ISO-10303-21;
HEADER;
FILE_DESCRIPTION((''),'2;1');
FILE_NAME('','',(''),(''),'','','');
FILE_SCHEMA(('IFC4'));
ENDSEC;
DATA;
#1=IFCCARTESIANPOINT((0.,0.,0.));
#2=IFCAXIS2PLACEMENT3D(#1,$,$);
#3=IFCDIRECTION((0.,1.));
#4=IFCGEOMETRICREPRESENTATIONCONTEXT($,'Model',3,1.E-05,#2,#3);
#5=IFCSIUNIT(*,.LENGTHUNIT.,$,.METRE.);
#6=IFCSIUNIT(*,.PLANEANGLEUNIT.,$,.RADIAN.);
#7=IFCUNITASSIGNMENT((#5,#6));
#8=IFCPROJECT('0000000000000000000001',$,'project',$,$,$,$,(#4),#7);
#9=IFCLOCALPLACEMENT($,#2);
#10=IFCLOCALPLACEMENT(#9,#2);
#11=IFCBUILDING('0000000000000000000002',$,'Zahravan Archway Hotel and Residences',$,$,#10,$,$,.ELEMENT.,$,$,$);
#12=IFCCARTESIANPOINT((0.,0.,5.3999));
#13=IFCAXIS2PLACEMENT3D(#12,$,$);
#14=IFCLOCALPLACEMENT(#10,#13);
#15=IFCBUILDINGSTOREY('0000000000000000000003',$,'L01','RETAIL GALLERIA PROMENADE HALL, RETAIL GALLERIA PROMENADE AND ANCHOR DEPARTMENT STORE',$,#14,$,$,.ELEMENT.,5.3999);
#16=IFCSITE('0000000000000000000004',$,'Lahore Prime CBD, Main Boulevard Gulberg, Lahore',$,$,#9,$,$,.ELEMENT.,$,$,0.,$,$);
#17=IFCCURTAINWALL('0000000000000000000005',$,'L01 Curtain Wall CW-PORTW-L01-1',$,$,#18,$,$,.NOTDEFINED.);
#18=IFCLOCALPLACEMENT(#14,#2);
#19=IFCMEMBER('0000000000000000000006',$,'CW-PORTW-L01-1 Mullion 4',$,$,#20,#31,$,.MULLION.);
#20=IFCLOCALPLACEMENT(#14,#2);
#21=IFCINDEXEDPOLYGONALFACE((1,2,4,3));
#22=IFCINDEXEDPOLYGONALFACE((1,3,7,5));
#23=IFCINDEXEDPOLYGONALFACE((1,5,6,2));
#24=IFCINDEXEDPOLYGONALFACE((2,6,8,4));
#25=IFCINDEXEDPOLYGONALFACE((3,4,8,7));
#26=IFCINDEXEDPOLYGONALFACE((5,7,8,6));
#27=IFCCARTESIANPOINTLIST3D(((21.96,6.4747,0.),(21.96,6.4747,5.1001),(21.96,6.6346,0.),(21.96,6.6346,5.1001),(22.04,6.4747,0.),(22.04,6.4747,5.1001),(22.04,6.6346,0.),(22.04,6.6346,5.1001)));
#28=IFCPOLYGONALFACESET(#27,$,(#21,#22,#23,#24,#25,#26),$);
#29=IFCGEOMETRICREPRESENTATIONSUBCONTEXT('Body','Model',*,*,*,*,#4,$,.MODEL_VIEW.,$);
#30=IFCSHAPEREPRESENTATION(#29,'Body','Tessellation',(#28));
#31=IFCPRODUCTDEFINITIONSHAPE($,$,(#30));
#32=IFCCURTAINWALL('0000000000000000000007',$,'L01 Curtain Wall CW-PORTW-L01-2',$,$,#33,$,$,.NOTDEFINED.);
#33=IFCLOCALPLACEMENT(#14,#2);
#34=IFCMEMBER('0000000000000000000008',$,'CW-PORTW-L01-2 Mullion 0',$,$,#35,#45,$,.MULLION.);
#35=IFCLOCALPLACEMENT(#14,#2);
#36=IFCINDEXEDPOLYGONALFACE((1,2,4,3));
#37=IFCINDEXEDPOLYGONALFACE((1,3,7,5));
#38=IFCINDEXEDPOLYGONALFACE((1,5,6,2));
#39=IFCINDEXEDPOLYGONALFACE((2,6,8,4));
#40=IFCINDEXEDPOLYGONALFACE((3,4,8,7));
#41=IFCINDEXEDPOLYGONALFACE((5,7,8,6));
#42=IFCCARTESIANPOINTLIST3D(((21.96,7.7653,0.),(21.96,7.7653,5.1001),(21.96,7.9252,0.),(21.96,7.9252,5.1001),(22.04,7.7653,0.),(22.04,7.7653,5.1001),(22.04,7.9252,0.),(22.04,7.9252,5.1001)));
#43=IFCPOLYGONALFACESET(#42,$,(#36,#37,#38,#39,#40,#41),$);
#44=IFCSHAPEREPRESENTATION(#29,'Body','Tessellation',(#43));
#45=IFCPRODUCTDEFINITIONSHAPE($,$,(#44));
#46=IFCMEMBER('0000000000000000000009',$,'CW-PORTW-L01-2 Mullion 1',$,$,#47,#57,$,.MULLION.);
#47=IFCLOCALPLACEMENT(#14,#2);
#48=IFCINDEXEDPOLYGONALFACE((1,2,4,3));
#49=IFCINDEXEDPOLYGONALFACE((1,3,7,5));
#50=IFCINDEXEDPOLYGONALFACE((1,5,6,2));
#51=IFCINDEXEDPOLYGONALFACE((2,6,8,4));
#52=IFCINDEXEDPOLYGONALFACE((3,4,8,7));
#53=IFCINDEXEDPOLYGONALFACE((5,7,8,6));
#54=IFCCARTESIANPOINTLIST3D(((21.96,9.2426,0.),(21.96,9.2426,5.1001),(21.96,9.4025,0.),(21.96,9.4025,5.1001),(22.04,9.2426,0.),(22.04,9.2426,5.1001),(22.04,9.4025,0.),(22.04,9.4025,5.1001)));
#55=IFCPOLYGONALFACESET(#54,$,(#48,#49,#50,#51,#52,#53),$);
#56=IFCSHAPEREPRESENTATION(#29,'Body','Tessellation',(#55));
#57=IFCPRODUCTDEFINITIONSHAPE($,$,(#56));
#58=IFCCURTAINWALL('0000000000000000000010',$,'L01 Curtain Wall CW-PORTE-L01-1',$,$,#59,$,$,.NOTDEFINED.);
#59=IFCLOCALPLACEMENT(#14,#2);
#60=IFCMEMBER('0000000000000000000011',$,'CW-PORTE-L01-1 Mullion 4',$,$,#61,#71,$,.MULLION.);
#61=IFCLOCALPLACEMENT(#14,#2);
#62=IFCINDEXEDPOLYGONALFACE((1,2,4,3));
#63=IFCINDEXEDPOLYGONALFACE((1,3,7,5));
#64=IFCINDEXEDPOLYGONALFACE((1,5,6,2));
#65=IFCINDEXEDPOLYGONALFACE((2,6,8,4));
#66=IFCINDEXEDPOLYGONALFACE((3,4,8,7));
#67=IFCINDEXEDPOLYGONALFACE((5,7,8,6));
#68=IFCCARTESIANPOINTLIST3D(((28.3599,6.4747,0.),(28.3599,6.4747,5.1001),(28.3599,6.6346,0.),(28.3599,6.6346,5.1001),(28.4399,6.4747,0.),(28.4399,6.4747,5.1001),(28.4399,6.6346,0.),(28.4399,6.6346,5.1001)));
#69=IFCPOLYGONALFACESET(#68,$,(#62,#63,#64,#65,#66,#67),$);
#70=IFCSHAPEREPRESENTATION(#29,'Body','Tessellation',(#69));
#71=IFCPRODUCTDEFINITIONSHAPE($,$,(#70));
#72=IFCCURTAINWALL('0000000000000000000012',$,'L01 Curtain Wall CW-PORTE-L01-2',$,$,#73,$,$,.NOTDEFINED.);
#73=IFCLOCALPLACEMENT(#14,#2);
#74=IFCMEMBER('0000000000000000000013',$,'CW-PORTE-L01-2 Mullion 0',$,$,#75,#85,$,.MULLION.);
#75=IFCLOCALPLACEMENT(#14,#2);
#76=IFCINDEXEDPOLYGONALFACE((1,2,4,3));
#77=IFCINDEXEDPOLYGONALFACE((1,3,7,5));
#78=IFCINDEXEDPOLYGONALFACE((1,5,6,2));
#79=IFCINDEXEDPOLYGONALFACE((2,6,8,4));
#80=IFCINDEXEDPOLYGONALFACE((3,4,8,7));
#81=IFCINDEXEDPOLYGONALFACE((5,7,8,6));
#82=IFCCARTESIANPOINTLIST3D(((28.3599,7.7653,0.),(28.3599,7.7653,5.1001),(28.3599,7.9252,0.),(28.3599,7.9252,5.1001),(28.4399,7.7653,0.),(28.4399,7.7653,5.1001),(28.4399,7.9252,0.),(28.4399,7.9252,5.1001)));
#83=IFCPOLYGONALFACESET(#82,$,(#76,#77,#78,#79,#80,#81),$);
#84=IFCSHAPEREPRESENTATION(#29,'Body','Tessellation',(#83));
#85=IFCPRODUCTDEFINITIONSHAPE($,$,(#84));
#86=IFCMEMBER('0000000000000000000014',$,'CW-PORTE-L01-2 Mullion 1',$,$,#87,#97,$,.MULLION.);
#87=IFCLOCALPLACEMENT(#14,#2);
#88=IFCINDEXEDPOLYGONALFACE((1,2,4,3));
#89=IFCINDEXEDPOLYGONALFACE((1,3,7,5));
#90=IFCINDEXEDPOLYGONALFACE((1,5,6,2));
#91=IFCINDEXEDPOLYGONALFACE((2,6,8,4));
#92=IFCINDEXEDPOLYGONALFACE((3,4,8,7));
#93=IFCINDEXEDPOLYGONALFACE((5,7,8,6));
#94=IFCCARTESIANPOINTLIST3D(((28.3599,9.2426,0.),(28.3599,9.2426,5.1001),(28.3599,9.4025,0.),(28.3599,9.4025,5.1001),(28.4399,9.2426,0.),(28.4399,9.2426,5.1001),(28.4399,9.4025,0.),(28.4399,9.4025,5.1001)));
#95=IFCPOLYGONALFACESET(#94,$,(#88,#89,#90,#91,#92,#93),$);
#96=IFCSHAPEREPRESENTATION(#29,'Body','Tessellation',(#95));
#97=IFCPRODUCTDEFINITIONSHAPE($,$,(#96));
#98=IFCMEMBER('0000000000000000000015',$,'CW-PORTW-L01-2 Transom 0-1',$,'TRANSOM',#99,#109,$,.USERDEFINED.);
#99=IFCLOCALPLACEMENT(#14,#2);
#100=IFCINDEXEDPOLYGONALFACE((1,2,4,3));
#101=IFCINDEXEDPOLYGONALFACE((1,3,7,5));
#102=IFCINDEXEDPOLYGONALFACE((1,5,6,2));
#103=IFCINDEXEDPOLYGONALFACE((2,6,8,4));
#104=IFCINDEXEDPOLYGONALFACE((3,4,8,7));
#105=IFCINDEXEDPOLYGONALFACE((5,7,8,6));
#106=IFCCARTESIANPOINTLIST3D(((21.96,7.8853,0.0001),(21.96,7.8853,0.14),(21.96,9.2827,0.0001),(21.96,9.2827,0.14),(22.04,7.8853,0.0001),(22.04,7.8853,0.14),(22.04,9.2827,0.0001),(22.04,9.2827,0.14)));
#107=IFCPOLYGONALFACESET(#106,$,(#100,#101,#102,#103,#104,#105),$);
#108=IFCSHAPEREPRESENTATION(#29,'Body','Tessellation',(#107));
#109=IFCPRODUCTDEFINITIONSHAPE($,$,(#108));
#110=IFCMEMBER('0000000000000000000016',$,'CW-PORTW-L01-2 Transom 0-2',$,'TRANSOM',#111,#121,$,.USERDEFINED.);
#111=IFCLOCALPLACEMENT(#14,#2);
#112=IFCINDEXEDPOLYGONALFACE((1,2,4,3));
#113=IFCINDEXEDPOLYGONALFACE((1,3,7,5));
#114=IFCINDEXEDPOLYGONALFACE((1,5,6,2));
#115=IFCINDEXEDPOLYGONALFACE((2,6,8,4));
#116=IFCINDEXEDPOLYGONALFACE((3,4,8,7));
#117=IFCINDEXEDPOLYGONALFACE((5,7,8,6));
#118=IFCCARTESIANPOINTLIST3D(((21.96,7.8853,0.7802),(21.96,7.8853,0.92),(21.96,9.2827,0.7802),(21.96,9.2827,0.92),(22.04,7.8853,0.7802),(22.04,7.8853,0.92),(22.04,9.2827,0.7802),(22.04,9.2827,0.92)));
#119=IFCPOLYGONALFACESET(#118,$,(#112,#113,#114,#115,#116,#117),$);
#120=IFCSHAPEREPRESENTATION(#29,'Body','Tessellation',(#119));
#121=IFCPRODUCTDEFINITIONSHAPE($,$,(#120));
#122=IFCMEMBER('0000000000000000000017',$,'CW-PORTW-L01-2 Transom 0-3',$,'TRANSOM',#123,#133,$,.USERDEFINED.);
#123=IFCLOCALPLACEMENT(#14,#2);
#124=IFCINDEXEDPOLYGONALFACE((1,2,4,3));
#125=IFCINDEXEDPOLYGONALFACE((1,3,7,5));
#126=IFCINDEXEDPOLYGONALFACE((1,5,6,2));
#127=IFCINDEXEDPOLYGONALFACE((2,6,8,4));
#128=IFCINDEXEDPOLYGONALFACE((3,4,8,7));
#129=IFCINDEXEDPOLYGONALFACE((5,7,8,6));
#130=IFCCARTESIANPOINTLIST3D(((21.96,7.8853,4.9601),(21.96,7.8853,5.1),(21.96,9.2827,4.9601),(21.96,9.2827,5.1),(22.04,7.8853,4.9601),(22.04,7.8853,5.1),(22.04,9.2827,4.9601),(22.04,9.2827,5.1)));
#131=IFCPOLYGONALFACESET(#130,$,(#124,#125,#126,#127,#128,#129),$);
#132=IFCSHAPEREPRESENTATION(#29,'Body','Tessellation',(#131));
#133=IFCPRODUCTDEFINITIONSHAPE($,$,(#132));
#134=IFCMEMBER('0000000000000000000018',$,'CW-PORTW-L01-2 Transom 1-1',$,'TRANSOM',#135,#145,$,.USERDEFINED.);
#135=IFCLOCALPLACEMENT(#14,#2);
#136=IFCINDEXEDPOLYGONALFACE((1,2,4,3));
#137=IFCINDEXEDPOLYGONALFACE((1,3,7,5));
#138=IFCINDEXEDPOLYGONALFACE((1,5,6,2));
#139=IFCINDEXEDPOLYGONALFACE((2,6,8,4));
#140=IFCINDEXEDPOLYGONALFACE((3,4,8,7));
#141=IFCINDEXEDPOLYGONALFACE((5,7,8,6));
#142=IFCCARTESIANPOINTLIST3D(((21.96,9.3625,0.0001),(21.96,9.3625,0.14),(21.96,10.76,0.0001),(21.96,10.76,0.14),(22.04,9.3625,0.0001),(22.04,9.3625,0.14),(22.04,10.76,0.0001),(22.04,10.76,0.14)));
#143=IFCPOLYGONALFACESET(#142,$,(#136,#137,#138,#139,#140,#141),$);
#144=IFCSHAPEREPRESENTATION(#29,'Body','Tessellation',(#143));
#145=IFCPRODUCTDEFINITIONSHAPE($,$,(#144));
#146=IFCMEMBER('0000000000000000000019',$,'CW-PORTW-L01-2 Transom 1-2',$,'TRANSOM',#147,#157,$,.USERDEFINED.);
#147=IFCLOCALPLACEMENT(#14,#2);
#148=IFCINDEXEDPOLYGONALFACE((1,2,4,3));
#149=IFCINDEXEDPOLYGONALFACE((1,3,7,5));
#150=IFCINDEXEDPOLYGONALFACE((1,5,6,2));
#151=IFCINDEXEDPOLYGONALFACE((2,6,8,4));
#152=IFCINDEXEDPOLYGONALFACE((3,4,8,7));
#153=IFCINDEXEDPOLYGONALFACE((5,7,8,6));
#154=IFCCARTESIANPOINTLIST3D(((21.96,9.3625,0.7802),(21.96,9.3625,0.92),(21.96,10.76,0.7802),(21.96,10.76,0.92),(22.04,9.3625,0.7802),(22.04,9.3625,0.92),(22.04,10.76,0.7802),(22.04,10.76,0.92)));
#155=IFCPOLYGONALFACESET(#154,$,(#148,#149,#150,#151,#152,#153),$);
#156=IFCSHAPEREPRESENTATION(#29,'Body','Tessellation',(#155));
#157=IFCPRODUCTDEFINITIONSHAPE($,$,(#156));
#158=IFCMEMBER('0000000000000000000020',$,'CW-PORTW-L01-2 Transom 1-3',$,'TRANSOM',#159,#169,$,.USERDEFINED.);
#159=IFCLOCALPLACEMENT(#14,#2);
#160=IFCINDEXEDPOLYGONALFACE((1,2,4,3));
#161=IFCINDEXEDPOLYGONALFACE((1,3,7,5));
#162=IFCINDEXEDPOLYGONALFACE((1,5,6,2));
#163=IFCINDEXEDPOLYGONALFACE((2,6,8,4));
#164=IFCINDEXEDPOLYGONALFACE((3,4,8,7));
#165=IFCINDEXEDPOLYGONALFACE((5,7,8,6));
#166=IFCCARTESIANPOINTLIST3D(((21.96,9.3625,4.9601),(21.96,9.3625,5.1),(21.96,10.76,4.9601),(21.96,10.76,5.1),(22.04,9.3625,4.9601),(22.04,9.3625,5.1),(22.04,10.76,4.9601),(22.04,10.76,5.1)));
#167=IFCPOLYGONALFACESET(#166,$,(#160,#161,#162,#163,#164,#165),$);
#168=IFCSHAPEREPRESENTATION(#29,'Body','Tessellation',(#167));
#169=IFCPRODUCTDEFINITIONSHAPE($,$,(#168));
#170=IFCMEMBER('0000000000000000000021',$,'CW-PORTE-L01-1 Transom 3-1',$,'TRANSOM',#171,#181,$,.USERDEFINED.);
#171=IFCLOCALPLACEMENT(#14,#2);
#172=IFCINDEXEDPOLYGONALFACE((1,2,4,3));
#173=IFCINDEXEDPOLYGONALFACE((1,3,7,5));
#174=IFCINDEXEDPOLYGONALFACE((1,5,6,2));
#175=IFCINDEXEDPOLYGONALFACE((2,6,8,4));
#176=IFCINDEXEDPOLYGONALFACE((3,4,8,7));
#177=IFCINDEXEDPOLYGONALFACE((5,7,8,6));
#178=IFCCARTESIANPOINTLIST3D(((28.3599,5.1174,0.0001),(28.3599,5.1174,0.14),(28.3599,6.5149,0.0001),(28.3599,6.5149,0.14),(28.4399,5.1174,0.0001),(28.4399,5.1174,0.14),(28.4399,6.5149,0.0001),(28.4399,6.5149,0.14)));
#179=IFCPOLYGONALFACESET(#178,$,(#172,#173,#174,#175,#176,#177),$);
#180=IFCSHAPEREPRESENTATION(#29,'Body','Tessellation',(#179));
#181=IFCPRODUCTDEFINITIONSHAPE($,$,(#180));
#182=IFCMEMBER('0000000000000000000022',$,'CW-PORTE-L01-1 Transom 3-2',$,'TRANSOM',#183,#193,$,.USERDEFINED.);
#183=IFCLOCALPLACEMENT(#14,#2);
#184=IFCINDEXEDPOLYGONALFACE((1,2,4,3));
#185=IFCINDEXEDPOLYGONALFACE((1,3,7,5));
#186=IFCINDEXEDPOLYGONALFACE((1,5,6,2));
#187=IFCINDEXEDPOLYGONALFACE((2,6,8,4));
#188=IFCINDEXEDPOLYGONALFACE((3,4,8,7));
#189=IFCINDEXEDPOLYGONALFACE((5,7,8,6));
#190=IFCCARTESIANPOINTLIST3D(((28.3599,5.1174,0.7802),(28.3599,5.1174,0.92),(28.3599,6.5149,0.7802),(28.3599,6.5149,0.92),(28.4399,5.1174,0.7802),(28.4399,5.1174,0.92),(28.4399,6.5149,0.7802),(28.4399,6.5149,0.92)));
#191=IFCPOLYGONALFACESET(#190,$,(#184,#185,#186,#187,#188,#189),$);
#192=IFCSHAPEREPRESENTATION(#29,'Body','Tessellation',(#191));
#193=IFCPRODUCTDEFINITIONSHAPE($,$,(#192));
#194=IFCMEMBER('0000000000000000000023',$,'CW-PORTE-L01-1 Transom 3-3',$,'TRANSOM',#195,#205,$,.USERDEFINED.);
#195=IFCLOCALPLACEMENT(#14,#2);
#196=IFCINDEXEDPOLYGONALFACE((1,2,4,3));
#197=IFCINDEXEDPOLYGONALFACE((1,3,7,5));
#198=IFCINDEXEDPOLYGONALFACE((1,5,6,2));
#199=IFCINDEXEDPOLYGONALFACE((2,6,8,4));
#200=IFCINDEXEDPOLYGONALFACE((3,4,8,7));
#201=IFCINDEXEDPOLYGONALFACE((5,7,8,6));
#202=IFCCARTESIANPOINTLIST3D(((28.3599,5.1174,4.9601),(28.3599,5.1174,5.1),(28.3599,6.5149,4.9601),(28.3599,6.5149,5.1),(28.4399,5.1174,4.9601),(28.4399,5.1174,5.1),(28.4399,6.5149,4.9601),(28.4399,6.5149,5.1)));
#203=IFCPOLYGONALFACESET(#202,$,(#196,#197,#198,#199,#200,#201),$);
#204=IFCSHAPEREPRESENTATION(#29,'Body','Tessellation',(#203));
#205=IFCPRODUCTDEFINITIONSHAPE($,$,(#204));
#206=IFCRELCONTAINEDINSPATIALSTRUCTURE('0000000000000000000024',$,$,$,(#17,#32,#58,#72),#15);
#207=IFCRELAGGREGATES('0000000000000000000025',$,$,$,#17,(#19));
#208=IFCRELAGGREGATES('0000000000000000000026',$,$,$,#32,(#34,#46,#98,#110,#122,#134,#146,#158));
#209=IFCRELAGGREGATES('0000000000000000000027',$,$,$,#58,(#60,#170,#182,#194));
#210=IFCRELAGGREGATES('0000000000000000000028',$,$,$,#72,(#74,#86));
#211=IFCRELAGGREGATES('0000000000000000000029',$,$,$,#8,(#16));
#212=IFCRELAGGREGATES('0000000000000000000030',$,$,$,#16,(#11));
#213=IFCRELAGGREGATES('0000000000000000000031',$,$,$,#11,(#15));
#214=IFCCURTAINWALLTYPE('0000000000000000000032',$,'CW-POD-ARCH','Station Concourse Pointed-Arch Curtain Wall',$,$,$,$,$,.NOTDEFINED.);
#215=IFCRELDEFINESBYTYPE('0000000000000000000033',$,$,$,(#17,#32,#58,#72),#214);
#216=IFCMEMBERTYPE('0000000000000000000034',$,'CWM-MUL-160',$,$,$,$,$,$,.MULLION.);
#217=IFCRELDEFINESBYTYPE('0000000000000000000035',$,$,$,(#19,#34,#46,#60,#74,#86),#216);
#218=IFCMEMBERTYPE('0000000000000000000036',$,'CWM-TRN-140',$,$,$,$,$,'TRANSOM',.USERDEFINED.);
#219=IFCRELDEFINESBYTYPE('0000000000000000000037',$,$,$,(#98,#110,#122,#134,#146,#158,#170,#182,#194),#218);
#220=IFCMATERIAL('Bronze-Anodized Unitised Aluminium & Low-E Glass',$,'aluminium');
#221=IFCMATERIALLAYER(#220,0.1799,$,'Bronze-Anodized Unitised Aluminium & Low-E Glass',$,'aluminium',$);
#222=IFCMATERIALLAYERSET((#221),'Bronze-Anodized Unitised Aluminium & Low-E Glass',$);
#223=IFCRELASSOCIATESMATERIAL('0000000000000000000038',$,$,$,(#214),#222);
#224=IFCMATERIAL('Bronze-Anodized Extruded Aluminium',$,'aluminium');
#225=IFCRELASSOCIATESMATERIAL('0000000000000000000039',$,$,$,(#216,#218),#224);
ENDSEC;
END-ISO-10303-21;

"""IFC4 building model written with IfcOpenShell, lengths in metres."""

from ifc_helpers import new_model, si_unit, direction, frame, origin, origin_2d, place, context, subcontext, project, spatial, rectangle, extrude, source, transform, mapped, material, layer, layer_set, material_profile, profile_set, type_object, element, aggregate, save


model = new_model("IFC4")

# Units and contexts
model_context = context("Model", 3, precision=1e-05, world=origin(), true_north=direction((0.0, 1.0)))
body_context = subcontext(model_context, "Body", "Model", "MODEL_VIEW")
ifc_project = project(units=[si_unit("LENGTHUNIT", "METRE"), si_unit("PLANEANGLEUNIT", "RADIAN")], contexts=[model_context])

# Site, building, storey
site_placement = place(None, origin())
site = spatial("IfcSite", under=ifc_project, at=site_placement, Name="Lahore Prime CBD, Main Boulevard Gulberg, Lahore", CompositionType="ELEMENT", RefElevation=0.0)
building_placement = place(site_placement, origin())
building = spatial("IfcBuilding", under=site, at=building_placement, Name="Zahravan Archway Hotel and Residences", CompositionType="ELEMENT")
storey_placement = place(building_placement, frame((0.0, 0.0, 5.3999)))
storey = spatial("IfcBuildingStorey", under=building, at=storey_placement, Name="L01", Description="RETAIL GALLERIA PROMENADE HALL, RETAIL GALLERIA PROMENADE AND ANCHOR DEPARTMENT STORE", CompositionType="ELEMENT", Elevation=5.3999)

# Curtain wall, member
ifc_material_1 = material(Name="Bronze-Anodized Unitised Aluminium & Low-E Glass", Category="aluminium")
ifc_layer_1 = layer(ifc_material_1, 0.1799, Name="Bronze-Anodized Unitised Aluminium & Low-E Glass", Category="aluminium")
ifc_layer_set_1 = layer_set([ifc_layer_1], Name="Bronze-Anodized Unitised Aluminium & Low-E Glass")
curtain_wall_type = type_object("IfcCurtainWallType", Name="CW-POD-ARCH", Description="Station Concourse Pointed-Arch Curtain Wall", PredefinedType="NOTDEFINED", material=ifc_layer_set_1)
curtain_wall_1_placement = place(storey_placement, origin())
curtain_wall_1 = element("IfcCurtainWall", 1, at=curtain_wall_1_placement, inside=storey, type_object=curtain_wall_type, Name="L01 Curtain Wall CW-PORTW-L01-1", PredefinedType="NOTDEFINED")
ifc_material_2 = material(Name="Bronze-Anodized Extruded Aluminium", Category="aluminium")
ifc_material_profile_1 = material_profile(ifc_material_2, rectangle(XDim=0.0801, YDim=0.1599, at=origin_2d()), Name="MUL 80x160", Category="aluminium")
ifc_profile_set_1 = profile_set([ifc_material_profile_1], Name="Bronze-Anodized Extruded Aluminium")
member_type_1 = type_object("IfcMemberType", Name="CWM-MUL-160", PredefinedType="MULLION", material=ifc_profile_set_1)
shared_shape_1 = source(origin(), body_context, "Body", "SweptSolid", [
    extrude(rectangle(XDim=0.0801, YDim=0.1599, at=origin_2d()), origin(), (0.0, 0.0, 1.0), 5.1001),
])
member_1_placement = place(storey_placement, frame((22.0, 6.5547, 0.0), z_axis=(0.0, 0.0, 1.0), x_axis=(1.0, 0.0, 0.0)))
member_1 = element("IfcMember", 2, at=member_1_placement, type_object=member_type_1, Name="CW-PORTW-L01-1 Mullion 4", PredefinedType="MULLION", context=body_context, shape_type="MappedRepresentation", body=[
    mapped(shared_shape_1, transform((0.0, 0.0, 0.0), scale=1.0)),
])

# Curtain wall, members
curtain_wall_2_placement = place(storey_placement, origin())
curtain_wall_2 = element("IfcCurtainWall", 3, at=curtain_wall_2_placement, inside=storey, type_object=curtain_wall_type, Name="L01 Curtain Wall CW-PORTW-L01-2", PredefinedType="NOTDEFINED")
member_2_placement = place(storey_placement, frame((22.0, 7.8452, 0.0), z_axis=(0.0, 0.0, 1.0), x_axis=(1.0, 0.0, 0.0)))
member_2 = element("IfcMember", 4, at=member_2_placement, type_object=member_type_1, Name="CW-PORTW-L01-2 Mullion 0", PredefinedType="MULLION", context=body_context, shape_type="MappedRepresentation", body=[
    mapped(shared_shape_1, transform((0.0, 0.0, 0.0), scale=1.0)),
])
member_3_placement = place(storey_placement, frame((22.0, 9.3225, 0.0), z_axis=(0.0, 0.0, 1.0), x_axis=(1.0, 0.0, 0.0)))
member_3 = element("IfcMember", 5, at=member_3_placement, type_object=member_type_1, Name="CW-PORTW-L01-2 Mullion 1", PredefinedType="MULLION", context=body_context, shape_type="MappedRepresentation", body=[
    mapped(shared_shape_1, transform((0.0, 0.0, 0.0), scale=1.0)),
])

# Curtain wall, member
curtain_wall_3_placement = place(storey_placement, origin())
curtain_wall_3 = element("IfcCurtainWall", 6, at=curtain_wall_3_placement, inside=storey, type_object=curtain_wall_type, Name="L01 Curtain Wall CW-PORTE-L01-1", PredefinedType="NOTDEFINED")
member_4_placement = place(storey_placement, frame((28.3999, 6.5547, 0.0), z_axis=(0.0, 0.0, 1.0), x_axis=(1.0, 0.0, 0.0)))
member_4 = element("IfcMember", 7, at=member_4_placement, type_object=member_type_1, Name="CW-PORTE-L01-1 Mullion 4", PredefinedType="MULLION", context=body_context, shape_type="MappedRepresentation", body=[
    mapped(shared_shape_1, transform((0.0, 0.0, 0.0), scale=1.0)),
])

# Curtain wall, members
curtain_wall_4_placement = place(storey_placement, origin())
curtain_wall_4 = element("IfcCurtainWall", 8, at=curtain_wall_4_placement, inside=storey, type_object=curtain_wall_type, Name="L01 Curtain Wall CW-PORTE-L01-2", PredefinedType="NOTDEFINED")
member_5_placement = place(storey_placement, frame((28.3999, 7.8452, 0.0), z_axis=(0.0, 0.0, 1.0), x_axis=(1.0, 0.0, 0.0)))
member_5 = element("IfcMember", 9, at=member_5_placement, type_object=member_type_1, Name="CW-PORTE-L01-2 Mullion 0", PredefinedType="MULLION", context=body_context, shape_type="MappedRepresentation", body=[
    mapped(shared_shape_1, transform((0.0, 0.0, 0.0), scale=1.0)),
])
member_6_placement = place(storey_placement, frame((28.3999, 9.3225, 0.0), z_axis=(0.0, 0.0, 1.0), x_axis=(1.0, 0.0, 0.0)))
member_6 = element("IfcMember", 10, at=member_6_placement, type_object=member_type_1, Name="CW-PORTE-L01-2 Mullion 1", PredefinedType="MULLION", context=body_context, shape_type="MappedRepresentation", body=[
    mapped(shared_shape_1, transform((0.0, 0.0, 0.0), scale=1.0)),
])

# Members
ifc_material_profile_2 = material_profile(ifc_material_2, rectangle(XDim=0.0801, YDim=0.1399, at=origin_2d()), Name="TRN 80x140", Category="aluminium")
ifc_profile_set_2 = profile_set([ifc_material_profile_2], Name="Bronze-Anodized Extruded Aluminium")
member_type_2 = type_object("IfcMemberType", Name="CWM-TRN-140", ElementType="TRANSOM", PredefinedType="USERDEFINED", material=ifc_profile_set_2)
shared_shape_2 = source(origin(), body_context, "Body", "SweptSolid", [
    extrude(rectangle(XDim=0.0801, YDim=0.1399, at=origin_2d()), origin(), (0.0, 0.0, 1.0), 1.3975),
])
member_7_placement = place(storey_placement, frame((22.0, 7.8853, 0.0701), z_axis=(0.0, 1.0, 0.0), x_axis=(-1.0, 0.0, 0.0)))
member_7 = element("IfcMember", 11, at=member_7_placement, type_object=member_type_2, Name="CW-PORTW-L01-2 Transom 0-1", ObjectType="TRANSOM", PredefinedType="USERDEFINED", context=body_context, shape_type="MappedRepresentation", body=[
    mapped(shared_shape_2, transform((0.0, 0.0, 0.0), scale=1.0)),
])
member_8_placement = place(storey_placement, frame((22.0, 7.8853, 0.8501), z_axis=(0.0, 1.0, 0.0), x_axis=(-1.0, 0.0, 0.0)))
member_8 = element("IfcMember", 12, at=member_8_placement, type_object=member_type_2, Name="CW-PORTW-L01-2 Transom 0-2", ObjectType="TRANSOM", PredefinedType="USERDEFINED", context=body_context, shape_type="MappedRepresentation", body=[
    mapped(shared_shape_2, transform((0.0, 0.0, 0.0), scale=1.0)),
])
member_9_placement = place(storey_placement, frame((22.0, 7.8853, 5.03), z_axis=(0.0, 1.0, 0.0), x_axis=(-1.0, 0.0, 0.0)))
member_9 = element("IfcMember", 13, at=member_9_placement, type_object=member_type_2, Name="CW-PORTW-L01-2 Transom 0-3", ObjectType="TRANSOM", PredefinedType="USERDEFINED", context=body_context, shape_type="MappedRepresentation", body=[
    mapped(shared_shape_2, transform((0.0, 0.0, 0.0), scale=1.0)),
])
member_10_placement = place(storey_placement, frame((22.0, 9.3625, 0.0701), z_axis=(0.0, 1.0, 0.0), x_axis=(-1.0, 0.0, 0.0)))
member_10 = element("IfcMember", 14, at=member_10_placement, type_object=member_type_2, Name="CW-PORTW-L01-2 Transom 1-1", ObjectType="TRANSOM", PredefinedType="USERDEFINED", context=body_context, shape_type="MappedRepresentation", body=[
    mapped(shared_shape_2, transform((0.0, 0.0, 0.0), scale=1.0)),
])
member_11_placement = place(storey_placement, frame((22.0, 9.3625, 0.8501), z_axis=(0.0, 1.0, 0.0), x_axis=(-1.0, 0.0, 0.0)))
member_11 = element("IfcMember", 15, at=member_11_placement, type_object=member_type_2, Name="CW-PORTW-L01-2 Transom 1-2", ObjectType="TRANSOM", PredefinedType="USERDEFINED", context=body_context, shape_type="MappedRepresentation", body=[
    mapped(shared_shape_2, transform((0.0, 0.0, 0.0), scale=1.0)),
])
member_12_placement = place(storey_placement, frame((22.0, 9.3625, 5.03), z_axis=(0.0, 1.0, 0.0), x_axis=(-1.0, 0.0, 0.0)))
member_12 = element("IfcMember", 16, at=member_12_placement, type_object=member_type_2, Name="CW-PORTW-L01-2 Transom 1-3", ObjectType="TRANSOM", PredefinedType="USERDEFINED", context=body_context, shape_type="MappedRepresentation", body=[
    mapped(shared_shape_2, transform((0.0, 0.0, 0.0), scale=1.0)),
])
member_13_placement = place(storey_placement, frame((28.3999, 5.1174, 0.0701), z_axis=(0.0, 1.0, 0.0), x_axis=(-1.0, 0.0, 0.0)))
member_13 = element("IfcMember", 17, at=member_13_placement, type_object=member_type_2, Name="CW-PORTE-L01-1 Transom 3-1", ObjectType="TRANSOM", PredefinedType="USERDEFINED", context=body_context, shape_type="MappedRepresentation", body=[
    mapped(shared_shape_2, transform((0.0, 0.0, 0.0), scale=1.0)),
])
member_14_placement = place(storey_placement, frame((28.3999, 5.1174, 0.8501), z_axis=(0.0, 1.0, 0.0), x_axis=(-1.0, 0.0, 0.0)))
member_14 = element("IfcMember", 18, at=member_14_placement, type_object=member_type_2, Name="CW-PORTE-L01-1 Transom 3-2", ObjectType="TRANSOM", PredefinedType="USERDEFINED", context=body_context, shape_type="MappedRepresentation", body=[
    mapped(shared_shape_2, transform((0.0, 0.0, 0.0), scale=1.0)),
])
member_15_placement = place(storey_placement, frame((28.3999, 5.1174, 5.03), z_axis=(0.0, 1.0, 0.0), x_axis=(-1.0, 0.0, 0.0)))
member_15 = element("IfcMember", 19, at=member_15_placement, type_object=member_type_2, Name="CW-PORTE-L01-1 Transom 3-3", ObjectType="TRANSOM", PredefinedType="USERDEFINED", context=body_context, shape_type="MappedRepresentation", body=[
    mapped(shared_shape_2, transform((0.0, 0.0, 0.0), scale=1.0)),
])

aggregate(curtain_wall_1, [member_1])
aggregate(curtain_wall_2, [member_2, member_3, member_7, member_8, member_9, member_10, member_11, member_12])
aggregate(curtain_wall_3, [member_4, member_13, member_14, member_15])
aggregate(curtain_wall_4, [member_5, member_6])

save(model, "model.ifc")
